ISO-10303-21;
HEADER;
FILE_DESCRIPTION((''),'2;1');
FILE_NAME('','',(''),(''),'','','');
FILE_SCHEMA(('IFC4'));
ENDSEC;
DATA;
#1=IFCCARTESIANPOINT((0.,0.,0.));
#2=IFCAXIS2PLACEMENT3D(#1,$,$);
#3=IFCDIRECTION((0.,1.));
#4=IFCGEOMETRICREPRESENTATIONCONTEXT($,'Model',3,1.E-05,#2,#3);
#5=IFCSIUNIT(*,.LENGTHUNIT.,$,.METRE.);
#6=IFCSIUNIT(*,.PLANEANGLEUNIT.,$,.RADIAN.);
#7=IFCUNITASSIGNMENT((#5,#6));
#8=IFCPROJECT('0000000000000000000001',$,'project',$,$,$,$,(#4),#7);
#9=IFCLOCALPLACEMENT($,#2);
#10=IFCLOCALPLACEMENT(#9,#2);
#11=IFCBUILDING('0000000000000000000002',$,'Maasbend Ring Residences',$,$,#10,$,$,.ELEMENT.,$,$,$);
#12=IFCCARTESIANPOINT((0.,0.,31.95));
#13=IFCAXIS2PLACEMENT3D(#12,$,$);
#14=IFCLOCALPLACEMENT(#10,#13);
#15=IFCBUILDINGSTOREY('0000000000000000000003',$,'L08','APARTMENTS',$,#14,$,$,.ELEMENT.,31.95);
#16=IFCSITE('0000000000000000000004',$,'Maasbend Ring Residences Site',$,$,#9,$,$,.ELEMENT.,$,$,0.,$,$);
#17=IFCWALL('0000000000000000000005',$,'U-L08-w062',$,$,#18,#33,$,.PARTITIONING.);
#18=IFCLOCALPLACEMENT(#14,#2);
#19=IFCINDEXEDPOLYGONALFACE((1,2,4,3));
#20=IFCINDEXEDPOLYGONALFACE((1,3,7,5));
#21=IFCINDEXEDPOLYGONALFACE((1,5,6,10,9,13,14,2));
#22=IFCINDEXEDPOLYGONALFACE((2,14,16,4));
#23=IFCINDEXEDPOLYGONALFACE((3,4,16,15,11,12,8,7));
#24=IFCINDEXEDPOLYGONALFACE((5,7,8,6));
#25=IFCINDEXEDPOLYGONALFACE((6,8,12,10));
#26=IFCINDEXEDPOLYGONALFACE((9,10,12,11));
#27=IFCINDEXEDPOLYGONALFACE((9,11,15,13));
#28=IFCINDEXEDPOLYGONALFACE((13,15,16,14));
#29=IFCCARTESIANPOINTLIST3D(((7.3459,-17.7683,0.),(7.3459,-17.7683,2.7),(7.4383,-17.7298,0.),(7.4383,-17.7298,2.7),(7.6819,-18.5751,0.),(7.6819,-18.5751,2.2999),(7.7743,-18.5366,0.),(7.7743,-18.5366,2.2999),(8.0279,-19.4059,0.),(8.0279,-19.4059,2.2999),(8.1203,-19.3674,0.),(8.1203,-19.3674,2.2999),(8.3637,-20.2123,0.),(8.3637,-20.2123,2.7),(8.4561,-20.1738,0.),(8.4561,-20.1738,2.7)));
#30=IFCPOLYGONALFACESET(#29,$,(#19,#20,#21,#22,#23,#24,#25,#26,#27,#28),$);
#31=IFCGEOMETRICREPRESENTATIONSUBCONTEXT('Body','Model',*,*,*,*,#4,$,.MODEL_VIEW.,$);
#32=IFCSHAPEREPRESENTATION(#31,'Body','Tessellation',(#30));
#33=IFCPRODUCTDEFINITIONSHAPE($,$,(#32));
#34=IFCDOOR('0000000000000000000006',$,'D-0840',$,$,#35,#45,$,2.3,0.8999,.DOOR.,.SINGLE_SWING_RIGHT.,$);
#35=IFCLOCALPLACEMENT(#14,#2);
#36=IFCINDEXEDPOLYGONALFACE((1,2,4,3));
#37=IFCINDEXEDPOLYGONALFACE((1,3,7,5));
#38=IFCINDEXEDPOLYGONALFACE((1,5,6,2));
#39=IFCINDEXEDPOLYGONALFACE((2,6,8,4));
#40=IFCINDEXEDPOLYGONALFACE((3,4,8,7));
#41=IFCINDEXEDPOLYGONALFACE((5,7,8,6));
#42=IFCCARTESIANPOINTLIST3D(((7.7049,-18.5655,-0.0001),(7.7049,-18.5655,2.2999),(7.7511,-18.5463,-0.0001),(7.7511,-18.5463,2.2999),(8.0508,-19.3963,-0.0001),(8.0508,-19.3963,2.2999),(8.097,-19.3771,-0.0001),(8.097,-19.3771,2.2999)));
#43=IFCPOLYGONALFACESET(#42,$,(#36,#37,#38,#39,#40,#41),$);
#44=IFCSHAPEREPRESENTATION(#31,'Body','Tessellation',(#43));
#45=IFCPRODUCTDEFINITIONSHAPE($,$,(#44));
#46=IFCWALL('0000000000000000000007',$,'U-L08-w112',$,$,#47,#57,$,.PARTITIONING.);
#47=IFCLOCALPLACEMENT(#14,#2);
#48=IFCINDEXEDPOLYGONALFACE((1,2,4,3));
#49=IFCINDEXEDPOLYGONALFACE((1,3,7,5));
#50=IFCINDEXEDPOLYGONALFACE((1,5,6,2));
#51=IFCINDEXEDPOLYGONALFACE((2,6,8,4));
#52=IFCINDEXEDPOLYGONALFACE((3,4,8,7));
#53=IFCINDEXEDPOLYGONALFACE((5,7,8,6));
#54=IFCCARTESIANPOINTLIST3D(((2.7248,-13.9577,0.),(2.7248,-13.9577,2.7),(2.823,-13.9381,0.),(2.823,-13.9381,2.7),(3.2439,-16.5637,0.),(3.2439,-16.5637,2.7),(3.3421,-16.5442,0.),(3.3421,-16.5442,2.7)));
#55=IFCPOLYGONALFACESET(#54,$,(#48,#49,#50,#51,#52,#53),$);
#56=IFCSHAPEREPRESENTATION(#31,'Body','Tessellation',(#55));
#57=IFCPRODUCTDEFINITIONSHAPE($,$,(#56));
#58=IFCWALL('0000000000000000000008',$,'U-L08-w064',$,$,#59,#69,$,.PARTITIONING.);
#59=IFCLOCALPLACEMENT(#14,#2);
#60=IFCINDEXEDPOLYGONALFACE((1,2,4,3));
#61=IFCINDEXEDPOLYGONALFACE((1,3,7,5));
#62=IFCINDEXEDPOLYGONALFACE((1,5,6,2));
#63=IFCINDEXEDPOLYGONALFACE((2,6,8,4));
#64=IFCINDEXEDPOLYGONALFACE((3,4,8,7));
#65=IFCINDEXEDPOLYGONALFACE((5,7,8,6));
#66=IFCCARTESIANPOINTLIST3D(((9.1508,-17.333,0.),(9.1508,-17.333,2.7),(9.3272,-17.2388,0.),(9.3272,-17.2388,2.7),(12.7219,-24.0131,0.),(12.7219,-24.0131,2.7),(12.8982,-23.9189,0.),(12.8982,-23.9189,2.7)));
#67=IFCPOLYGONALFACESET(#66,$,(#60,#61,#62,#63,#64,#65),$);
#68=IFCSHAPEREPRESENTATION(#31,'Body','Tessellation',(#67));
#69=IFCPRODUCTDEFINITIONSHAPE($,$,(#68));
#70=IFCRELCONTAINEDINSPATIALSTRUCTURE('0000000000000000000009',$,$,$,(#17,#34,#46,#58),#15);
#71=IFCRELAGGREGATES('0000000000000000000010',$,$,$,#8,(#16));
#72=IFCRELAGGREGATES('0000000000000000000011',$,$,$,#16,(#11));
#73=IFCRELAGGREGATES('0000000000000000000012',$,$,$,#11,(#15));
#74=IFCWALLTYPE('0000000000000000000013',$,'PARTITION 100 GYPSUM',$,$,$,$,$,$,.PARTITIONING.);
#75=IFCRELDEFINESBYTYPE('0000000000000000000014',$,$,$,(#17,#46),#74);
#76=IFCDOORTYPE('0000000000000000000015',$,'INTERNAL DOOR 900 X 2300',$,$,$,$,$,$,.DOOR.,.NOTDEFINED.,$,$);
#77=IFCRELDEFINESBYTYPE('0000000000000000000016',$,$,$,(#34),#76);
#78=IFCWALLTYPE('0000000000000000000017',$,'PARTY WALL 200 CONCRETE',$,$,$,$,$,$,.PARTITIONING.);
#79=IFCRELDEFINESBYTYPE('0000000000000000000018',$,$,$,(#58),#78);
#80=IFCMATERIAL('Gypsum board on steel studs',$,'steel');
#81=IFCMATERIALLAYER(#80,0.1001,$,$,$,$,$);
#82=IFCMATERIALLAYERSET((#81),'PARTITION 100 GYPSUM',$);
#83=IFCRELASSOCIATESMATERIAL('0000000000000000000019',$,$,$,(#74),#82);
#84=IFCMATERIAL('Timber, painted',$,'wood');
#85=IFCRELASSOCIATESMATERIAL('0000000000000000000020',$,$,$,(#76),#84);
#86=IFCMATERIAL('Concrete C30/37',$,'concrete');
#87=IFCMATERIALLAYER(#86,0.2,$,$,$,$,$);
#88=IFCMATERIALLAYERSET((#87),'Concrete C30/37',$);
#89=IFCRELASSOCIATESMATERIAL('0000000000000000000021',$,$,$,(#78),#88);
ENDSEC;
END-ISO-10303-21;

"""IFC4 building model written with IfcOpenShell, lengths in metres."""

from ifc_helpers import new_model, si_unit, direction, frame, frame_2d, origin, place, context, subcontext, project, spatial, rectangle, extrude, material, layer, layer_set, type_object, element, fill, save


model = new_model("IFC4")

# Units and contexts
model_context = context("Model", 3, precision=1e-05, world=origin(), true_north=direction((0.0, 1.0)))
body_context = subcontext(model_context, "Body", "Model", "MODEL_VIEW")
ifc_project = project(units=[si_unit("LENGTHUNIT", "METRE"), si_unit("PLANEANGLEUNIT", "RADIAN")], contexts=[model_context])

# Site, building, storey
site_placement = place(None, origin())
site = spatial("IfcSite", under=ifc_project, at=site_placement, Name="Maasbend Ring Residences Site", CompositionType="ELEMENT", RefElevation=0.0)
building_placement = place(site_placement, origin())
building = spatial("IfcBuilding", under=site, at=building_placement, Name="Maasbend Ring Residences", CompositionType="ELEMENT")
storey_placement = place(building_placement, frame((0.0, 0.0, 31.95)))
storey = spatial("IfcBuildingStorey", under=building, at=storey_placement, Name="L08", Description="APARTMENTS", CompositionType="ELEMENT", Elevation=31.95)

# Shared definitions
ifc_material_1 = material(Name="Gypsum board on steel studs", Category="steel")
ifc_layer_1 = layer(ifc_material_1, 0.1001)
ifc_layer_set_1 = layer_set([ifc_layer_1], Name="PARTITION 100 GYPSUM")
wall_type_1 = type_object("IfcWallType", Name="PARTITION 100 GYPSUM", PredefinedType="PARTITIONING", material=ifc_layer_set_1)
ifc_material_2 = material(Name="Timber, painted", Category="wood")
door_type_1 = type_object("IfcDoorType", Name="INTERNAL DOOR 900 X 2300", OperationType="NOTDEFINED", PredefinedType="DOOR", material=ifc_material_2)

# Wall, opening, door
wall_1_placement = place(storey_placement, frame((7.3921, -17.749, 0.0), z_axis=(0.0, 0.0, 1.0), x_axis=(0.384439, -0.923151, 0.0)))
wall_1 = element("IfcWall", 1, at=wall_1_placement, inside=storey, type_object=wall_type_1, Name="U-L08-w062", PredefinedType="PARTITIONING", context=body_context, shape_type="SweptSolid", body=[
    extrude(rectangle(XDim=2.6475, YDim=0.1001, at=frame_2d((1.3237, 0.0))), origin(), (0.0, 0.0, 1.0), 2.7),
])
opening_1_placement = place(wall_1_placement, frame((0.874, 0.0, 0.0)))
opening_1 = element("IfcOpeningElement", 2, at=opening_1_placement, cuts=wall_1, PredefinedType="OPENING", context=body_context, shape_type="SweptSolid", body=[
    extrude(rectangle(XDim=0.8999, YDim=2.3, at=frame_2d((0.45, 1.1499))), frame((0.0, 0.0601, 0.0), z_axis=(0.0, -1.0, 0.0), x_axis=(1.0, 0.0, 0.0)), (0.0, 0.0, 1.0), 0.1201),
])
door_1_placement = place(opening_1_placement, origin())
door_1 = element("IfcDoor", 3, at=door_1_placement, inside=storey, type_object=door_type_1, Name="D-0840", OperationType="SINGLE_SWING_RIGHT", OverallHeight=2.3, OverallWidth=0.8999, PredefinedType="DOOR", context=body_context, shape_type="SweptSolid", body=[
    extrude(rectangle(XDim=0.8999, YDim=2.3, at=frame_2d((0.45, 1.1499))), frame((0.0, 0.0249, 0.0), z_axis=(0.0, -1.0, 0.0), x_axis=(1.0, 0.0, 0.0)), (0.0, 0.0, 1.0), 0.05),
])
fill(opening_1, door_1)

# Walls
wall_2_placement = place(storey_placement, frame((3.293, -16.554, 0.0), z_axis=(0.0, 0.0, 1.0), x_axis=(-0.195339, 0.980736, 0.0)))
element("IfcWall", 4, at=wall_2_placement, inside=storey, type_object=wall_type_1, Name="U-L08-w112", PredefinedType="PARTITIONING", context=body_context, shape_type="SweptSolid", body=[
    extrude(rectangle(XDim=2.6572, YDim=0.1001, at=frame_2d((1.3286, 0.0))), origin(), (0.0, 0.0, 1.0), 2.7),
])
ifc_material_3 = material(Name="Concrete C30/37", Category="concrete")
ifc_layer_2 = layer(ifc_material_3, 0.2)
ifc_layer_set_2 = layer_set([ifc_layer_2], Name="Concrete C30/37")
wall_type_2 = type_object("IfcWallType", Name="PARTY WALL 200 CONCRETE", PredefinedType="PARTITIONING", material=ifc_layer_set_2)
wall_3_placement = place(storey_placement, frame((9.239, -17.2859, 0.0), z_axis=(0.0, 0.0, 1.0), x_axis=(0.47144, -0.881898, 0.0)))
element("IfcWall", 5, at=wall_3_placement, inside=storey, type_object=wall_type_2, Name="U-L08-w064", PredefinedType="PARTITIONING", context=body_context, shape_type="SweptSolid", body=[
    extrude(rectangle(XDim=7.5747, YDim=0.2, at=frame_2d((3.7874, 0.0))), origin(), (0.0, 0.0, 1.0), 2.7),
])

save(model, "model.ifc")
